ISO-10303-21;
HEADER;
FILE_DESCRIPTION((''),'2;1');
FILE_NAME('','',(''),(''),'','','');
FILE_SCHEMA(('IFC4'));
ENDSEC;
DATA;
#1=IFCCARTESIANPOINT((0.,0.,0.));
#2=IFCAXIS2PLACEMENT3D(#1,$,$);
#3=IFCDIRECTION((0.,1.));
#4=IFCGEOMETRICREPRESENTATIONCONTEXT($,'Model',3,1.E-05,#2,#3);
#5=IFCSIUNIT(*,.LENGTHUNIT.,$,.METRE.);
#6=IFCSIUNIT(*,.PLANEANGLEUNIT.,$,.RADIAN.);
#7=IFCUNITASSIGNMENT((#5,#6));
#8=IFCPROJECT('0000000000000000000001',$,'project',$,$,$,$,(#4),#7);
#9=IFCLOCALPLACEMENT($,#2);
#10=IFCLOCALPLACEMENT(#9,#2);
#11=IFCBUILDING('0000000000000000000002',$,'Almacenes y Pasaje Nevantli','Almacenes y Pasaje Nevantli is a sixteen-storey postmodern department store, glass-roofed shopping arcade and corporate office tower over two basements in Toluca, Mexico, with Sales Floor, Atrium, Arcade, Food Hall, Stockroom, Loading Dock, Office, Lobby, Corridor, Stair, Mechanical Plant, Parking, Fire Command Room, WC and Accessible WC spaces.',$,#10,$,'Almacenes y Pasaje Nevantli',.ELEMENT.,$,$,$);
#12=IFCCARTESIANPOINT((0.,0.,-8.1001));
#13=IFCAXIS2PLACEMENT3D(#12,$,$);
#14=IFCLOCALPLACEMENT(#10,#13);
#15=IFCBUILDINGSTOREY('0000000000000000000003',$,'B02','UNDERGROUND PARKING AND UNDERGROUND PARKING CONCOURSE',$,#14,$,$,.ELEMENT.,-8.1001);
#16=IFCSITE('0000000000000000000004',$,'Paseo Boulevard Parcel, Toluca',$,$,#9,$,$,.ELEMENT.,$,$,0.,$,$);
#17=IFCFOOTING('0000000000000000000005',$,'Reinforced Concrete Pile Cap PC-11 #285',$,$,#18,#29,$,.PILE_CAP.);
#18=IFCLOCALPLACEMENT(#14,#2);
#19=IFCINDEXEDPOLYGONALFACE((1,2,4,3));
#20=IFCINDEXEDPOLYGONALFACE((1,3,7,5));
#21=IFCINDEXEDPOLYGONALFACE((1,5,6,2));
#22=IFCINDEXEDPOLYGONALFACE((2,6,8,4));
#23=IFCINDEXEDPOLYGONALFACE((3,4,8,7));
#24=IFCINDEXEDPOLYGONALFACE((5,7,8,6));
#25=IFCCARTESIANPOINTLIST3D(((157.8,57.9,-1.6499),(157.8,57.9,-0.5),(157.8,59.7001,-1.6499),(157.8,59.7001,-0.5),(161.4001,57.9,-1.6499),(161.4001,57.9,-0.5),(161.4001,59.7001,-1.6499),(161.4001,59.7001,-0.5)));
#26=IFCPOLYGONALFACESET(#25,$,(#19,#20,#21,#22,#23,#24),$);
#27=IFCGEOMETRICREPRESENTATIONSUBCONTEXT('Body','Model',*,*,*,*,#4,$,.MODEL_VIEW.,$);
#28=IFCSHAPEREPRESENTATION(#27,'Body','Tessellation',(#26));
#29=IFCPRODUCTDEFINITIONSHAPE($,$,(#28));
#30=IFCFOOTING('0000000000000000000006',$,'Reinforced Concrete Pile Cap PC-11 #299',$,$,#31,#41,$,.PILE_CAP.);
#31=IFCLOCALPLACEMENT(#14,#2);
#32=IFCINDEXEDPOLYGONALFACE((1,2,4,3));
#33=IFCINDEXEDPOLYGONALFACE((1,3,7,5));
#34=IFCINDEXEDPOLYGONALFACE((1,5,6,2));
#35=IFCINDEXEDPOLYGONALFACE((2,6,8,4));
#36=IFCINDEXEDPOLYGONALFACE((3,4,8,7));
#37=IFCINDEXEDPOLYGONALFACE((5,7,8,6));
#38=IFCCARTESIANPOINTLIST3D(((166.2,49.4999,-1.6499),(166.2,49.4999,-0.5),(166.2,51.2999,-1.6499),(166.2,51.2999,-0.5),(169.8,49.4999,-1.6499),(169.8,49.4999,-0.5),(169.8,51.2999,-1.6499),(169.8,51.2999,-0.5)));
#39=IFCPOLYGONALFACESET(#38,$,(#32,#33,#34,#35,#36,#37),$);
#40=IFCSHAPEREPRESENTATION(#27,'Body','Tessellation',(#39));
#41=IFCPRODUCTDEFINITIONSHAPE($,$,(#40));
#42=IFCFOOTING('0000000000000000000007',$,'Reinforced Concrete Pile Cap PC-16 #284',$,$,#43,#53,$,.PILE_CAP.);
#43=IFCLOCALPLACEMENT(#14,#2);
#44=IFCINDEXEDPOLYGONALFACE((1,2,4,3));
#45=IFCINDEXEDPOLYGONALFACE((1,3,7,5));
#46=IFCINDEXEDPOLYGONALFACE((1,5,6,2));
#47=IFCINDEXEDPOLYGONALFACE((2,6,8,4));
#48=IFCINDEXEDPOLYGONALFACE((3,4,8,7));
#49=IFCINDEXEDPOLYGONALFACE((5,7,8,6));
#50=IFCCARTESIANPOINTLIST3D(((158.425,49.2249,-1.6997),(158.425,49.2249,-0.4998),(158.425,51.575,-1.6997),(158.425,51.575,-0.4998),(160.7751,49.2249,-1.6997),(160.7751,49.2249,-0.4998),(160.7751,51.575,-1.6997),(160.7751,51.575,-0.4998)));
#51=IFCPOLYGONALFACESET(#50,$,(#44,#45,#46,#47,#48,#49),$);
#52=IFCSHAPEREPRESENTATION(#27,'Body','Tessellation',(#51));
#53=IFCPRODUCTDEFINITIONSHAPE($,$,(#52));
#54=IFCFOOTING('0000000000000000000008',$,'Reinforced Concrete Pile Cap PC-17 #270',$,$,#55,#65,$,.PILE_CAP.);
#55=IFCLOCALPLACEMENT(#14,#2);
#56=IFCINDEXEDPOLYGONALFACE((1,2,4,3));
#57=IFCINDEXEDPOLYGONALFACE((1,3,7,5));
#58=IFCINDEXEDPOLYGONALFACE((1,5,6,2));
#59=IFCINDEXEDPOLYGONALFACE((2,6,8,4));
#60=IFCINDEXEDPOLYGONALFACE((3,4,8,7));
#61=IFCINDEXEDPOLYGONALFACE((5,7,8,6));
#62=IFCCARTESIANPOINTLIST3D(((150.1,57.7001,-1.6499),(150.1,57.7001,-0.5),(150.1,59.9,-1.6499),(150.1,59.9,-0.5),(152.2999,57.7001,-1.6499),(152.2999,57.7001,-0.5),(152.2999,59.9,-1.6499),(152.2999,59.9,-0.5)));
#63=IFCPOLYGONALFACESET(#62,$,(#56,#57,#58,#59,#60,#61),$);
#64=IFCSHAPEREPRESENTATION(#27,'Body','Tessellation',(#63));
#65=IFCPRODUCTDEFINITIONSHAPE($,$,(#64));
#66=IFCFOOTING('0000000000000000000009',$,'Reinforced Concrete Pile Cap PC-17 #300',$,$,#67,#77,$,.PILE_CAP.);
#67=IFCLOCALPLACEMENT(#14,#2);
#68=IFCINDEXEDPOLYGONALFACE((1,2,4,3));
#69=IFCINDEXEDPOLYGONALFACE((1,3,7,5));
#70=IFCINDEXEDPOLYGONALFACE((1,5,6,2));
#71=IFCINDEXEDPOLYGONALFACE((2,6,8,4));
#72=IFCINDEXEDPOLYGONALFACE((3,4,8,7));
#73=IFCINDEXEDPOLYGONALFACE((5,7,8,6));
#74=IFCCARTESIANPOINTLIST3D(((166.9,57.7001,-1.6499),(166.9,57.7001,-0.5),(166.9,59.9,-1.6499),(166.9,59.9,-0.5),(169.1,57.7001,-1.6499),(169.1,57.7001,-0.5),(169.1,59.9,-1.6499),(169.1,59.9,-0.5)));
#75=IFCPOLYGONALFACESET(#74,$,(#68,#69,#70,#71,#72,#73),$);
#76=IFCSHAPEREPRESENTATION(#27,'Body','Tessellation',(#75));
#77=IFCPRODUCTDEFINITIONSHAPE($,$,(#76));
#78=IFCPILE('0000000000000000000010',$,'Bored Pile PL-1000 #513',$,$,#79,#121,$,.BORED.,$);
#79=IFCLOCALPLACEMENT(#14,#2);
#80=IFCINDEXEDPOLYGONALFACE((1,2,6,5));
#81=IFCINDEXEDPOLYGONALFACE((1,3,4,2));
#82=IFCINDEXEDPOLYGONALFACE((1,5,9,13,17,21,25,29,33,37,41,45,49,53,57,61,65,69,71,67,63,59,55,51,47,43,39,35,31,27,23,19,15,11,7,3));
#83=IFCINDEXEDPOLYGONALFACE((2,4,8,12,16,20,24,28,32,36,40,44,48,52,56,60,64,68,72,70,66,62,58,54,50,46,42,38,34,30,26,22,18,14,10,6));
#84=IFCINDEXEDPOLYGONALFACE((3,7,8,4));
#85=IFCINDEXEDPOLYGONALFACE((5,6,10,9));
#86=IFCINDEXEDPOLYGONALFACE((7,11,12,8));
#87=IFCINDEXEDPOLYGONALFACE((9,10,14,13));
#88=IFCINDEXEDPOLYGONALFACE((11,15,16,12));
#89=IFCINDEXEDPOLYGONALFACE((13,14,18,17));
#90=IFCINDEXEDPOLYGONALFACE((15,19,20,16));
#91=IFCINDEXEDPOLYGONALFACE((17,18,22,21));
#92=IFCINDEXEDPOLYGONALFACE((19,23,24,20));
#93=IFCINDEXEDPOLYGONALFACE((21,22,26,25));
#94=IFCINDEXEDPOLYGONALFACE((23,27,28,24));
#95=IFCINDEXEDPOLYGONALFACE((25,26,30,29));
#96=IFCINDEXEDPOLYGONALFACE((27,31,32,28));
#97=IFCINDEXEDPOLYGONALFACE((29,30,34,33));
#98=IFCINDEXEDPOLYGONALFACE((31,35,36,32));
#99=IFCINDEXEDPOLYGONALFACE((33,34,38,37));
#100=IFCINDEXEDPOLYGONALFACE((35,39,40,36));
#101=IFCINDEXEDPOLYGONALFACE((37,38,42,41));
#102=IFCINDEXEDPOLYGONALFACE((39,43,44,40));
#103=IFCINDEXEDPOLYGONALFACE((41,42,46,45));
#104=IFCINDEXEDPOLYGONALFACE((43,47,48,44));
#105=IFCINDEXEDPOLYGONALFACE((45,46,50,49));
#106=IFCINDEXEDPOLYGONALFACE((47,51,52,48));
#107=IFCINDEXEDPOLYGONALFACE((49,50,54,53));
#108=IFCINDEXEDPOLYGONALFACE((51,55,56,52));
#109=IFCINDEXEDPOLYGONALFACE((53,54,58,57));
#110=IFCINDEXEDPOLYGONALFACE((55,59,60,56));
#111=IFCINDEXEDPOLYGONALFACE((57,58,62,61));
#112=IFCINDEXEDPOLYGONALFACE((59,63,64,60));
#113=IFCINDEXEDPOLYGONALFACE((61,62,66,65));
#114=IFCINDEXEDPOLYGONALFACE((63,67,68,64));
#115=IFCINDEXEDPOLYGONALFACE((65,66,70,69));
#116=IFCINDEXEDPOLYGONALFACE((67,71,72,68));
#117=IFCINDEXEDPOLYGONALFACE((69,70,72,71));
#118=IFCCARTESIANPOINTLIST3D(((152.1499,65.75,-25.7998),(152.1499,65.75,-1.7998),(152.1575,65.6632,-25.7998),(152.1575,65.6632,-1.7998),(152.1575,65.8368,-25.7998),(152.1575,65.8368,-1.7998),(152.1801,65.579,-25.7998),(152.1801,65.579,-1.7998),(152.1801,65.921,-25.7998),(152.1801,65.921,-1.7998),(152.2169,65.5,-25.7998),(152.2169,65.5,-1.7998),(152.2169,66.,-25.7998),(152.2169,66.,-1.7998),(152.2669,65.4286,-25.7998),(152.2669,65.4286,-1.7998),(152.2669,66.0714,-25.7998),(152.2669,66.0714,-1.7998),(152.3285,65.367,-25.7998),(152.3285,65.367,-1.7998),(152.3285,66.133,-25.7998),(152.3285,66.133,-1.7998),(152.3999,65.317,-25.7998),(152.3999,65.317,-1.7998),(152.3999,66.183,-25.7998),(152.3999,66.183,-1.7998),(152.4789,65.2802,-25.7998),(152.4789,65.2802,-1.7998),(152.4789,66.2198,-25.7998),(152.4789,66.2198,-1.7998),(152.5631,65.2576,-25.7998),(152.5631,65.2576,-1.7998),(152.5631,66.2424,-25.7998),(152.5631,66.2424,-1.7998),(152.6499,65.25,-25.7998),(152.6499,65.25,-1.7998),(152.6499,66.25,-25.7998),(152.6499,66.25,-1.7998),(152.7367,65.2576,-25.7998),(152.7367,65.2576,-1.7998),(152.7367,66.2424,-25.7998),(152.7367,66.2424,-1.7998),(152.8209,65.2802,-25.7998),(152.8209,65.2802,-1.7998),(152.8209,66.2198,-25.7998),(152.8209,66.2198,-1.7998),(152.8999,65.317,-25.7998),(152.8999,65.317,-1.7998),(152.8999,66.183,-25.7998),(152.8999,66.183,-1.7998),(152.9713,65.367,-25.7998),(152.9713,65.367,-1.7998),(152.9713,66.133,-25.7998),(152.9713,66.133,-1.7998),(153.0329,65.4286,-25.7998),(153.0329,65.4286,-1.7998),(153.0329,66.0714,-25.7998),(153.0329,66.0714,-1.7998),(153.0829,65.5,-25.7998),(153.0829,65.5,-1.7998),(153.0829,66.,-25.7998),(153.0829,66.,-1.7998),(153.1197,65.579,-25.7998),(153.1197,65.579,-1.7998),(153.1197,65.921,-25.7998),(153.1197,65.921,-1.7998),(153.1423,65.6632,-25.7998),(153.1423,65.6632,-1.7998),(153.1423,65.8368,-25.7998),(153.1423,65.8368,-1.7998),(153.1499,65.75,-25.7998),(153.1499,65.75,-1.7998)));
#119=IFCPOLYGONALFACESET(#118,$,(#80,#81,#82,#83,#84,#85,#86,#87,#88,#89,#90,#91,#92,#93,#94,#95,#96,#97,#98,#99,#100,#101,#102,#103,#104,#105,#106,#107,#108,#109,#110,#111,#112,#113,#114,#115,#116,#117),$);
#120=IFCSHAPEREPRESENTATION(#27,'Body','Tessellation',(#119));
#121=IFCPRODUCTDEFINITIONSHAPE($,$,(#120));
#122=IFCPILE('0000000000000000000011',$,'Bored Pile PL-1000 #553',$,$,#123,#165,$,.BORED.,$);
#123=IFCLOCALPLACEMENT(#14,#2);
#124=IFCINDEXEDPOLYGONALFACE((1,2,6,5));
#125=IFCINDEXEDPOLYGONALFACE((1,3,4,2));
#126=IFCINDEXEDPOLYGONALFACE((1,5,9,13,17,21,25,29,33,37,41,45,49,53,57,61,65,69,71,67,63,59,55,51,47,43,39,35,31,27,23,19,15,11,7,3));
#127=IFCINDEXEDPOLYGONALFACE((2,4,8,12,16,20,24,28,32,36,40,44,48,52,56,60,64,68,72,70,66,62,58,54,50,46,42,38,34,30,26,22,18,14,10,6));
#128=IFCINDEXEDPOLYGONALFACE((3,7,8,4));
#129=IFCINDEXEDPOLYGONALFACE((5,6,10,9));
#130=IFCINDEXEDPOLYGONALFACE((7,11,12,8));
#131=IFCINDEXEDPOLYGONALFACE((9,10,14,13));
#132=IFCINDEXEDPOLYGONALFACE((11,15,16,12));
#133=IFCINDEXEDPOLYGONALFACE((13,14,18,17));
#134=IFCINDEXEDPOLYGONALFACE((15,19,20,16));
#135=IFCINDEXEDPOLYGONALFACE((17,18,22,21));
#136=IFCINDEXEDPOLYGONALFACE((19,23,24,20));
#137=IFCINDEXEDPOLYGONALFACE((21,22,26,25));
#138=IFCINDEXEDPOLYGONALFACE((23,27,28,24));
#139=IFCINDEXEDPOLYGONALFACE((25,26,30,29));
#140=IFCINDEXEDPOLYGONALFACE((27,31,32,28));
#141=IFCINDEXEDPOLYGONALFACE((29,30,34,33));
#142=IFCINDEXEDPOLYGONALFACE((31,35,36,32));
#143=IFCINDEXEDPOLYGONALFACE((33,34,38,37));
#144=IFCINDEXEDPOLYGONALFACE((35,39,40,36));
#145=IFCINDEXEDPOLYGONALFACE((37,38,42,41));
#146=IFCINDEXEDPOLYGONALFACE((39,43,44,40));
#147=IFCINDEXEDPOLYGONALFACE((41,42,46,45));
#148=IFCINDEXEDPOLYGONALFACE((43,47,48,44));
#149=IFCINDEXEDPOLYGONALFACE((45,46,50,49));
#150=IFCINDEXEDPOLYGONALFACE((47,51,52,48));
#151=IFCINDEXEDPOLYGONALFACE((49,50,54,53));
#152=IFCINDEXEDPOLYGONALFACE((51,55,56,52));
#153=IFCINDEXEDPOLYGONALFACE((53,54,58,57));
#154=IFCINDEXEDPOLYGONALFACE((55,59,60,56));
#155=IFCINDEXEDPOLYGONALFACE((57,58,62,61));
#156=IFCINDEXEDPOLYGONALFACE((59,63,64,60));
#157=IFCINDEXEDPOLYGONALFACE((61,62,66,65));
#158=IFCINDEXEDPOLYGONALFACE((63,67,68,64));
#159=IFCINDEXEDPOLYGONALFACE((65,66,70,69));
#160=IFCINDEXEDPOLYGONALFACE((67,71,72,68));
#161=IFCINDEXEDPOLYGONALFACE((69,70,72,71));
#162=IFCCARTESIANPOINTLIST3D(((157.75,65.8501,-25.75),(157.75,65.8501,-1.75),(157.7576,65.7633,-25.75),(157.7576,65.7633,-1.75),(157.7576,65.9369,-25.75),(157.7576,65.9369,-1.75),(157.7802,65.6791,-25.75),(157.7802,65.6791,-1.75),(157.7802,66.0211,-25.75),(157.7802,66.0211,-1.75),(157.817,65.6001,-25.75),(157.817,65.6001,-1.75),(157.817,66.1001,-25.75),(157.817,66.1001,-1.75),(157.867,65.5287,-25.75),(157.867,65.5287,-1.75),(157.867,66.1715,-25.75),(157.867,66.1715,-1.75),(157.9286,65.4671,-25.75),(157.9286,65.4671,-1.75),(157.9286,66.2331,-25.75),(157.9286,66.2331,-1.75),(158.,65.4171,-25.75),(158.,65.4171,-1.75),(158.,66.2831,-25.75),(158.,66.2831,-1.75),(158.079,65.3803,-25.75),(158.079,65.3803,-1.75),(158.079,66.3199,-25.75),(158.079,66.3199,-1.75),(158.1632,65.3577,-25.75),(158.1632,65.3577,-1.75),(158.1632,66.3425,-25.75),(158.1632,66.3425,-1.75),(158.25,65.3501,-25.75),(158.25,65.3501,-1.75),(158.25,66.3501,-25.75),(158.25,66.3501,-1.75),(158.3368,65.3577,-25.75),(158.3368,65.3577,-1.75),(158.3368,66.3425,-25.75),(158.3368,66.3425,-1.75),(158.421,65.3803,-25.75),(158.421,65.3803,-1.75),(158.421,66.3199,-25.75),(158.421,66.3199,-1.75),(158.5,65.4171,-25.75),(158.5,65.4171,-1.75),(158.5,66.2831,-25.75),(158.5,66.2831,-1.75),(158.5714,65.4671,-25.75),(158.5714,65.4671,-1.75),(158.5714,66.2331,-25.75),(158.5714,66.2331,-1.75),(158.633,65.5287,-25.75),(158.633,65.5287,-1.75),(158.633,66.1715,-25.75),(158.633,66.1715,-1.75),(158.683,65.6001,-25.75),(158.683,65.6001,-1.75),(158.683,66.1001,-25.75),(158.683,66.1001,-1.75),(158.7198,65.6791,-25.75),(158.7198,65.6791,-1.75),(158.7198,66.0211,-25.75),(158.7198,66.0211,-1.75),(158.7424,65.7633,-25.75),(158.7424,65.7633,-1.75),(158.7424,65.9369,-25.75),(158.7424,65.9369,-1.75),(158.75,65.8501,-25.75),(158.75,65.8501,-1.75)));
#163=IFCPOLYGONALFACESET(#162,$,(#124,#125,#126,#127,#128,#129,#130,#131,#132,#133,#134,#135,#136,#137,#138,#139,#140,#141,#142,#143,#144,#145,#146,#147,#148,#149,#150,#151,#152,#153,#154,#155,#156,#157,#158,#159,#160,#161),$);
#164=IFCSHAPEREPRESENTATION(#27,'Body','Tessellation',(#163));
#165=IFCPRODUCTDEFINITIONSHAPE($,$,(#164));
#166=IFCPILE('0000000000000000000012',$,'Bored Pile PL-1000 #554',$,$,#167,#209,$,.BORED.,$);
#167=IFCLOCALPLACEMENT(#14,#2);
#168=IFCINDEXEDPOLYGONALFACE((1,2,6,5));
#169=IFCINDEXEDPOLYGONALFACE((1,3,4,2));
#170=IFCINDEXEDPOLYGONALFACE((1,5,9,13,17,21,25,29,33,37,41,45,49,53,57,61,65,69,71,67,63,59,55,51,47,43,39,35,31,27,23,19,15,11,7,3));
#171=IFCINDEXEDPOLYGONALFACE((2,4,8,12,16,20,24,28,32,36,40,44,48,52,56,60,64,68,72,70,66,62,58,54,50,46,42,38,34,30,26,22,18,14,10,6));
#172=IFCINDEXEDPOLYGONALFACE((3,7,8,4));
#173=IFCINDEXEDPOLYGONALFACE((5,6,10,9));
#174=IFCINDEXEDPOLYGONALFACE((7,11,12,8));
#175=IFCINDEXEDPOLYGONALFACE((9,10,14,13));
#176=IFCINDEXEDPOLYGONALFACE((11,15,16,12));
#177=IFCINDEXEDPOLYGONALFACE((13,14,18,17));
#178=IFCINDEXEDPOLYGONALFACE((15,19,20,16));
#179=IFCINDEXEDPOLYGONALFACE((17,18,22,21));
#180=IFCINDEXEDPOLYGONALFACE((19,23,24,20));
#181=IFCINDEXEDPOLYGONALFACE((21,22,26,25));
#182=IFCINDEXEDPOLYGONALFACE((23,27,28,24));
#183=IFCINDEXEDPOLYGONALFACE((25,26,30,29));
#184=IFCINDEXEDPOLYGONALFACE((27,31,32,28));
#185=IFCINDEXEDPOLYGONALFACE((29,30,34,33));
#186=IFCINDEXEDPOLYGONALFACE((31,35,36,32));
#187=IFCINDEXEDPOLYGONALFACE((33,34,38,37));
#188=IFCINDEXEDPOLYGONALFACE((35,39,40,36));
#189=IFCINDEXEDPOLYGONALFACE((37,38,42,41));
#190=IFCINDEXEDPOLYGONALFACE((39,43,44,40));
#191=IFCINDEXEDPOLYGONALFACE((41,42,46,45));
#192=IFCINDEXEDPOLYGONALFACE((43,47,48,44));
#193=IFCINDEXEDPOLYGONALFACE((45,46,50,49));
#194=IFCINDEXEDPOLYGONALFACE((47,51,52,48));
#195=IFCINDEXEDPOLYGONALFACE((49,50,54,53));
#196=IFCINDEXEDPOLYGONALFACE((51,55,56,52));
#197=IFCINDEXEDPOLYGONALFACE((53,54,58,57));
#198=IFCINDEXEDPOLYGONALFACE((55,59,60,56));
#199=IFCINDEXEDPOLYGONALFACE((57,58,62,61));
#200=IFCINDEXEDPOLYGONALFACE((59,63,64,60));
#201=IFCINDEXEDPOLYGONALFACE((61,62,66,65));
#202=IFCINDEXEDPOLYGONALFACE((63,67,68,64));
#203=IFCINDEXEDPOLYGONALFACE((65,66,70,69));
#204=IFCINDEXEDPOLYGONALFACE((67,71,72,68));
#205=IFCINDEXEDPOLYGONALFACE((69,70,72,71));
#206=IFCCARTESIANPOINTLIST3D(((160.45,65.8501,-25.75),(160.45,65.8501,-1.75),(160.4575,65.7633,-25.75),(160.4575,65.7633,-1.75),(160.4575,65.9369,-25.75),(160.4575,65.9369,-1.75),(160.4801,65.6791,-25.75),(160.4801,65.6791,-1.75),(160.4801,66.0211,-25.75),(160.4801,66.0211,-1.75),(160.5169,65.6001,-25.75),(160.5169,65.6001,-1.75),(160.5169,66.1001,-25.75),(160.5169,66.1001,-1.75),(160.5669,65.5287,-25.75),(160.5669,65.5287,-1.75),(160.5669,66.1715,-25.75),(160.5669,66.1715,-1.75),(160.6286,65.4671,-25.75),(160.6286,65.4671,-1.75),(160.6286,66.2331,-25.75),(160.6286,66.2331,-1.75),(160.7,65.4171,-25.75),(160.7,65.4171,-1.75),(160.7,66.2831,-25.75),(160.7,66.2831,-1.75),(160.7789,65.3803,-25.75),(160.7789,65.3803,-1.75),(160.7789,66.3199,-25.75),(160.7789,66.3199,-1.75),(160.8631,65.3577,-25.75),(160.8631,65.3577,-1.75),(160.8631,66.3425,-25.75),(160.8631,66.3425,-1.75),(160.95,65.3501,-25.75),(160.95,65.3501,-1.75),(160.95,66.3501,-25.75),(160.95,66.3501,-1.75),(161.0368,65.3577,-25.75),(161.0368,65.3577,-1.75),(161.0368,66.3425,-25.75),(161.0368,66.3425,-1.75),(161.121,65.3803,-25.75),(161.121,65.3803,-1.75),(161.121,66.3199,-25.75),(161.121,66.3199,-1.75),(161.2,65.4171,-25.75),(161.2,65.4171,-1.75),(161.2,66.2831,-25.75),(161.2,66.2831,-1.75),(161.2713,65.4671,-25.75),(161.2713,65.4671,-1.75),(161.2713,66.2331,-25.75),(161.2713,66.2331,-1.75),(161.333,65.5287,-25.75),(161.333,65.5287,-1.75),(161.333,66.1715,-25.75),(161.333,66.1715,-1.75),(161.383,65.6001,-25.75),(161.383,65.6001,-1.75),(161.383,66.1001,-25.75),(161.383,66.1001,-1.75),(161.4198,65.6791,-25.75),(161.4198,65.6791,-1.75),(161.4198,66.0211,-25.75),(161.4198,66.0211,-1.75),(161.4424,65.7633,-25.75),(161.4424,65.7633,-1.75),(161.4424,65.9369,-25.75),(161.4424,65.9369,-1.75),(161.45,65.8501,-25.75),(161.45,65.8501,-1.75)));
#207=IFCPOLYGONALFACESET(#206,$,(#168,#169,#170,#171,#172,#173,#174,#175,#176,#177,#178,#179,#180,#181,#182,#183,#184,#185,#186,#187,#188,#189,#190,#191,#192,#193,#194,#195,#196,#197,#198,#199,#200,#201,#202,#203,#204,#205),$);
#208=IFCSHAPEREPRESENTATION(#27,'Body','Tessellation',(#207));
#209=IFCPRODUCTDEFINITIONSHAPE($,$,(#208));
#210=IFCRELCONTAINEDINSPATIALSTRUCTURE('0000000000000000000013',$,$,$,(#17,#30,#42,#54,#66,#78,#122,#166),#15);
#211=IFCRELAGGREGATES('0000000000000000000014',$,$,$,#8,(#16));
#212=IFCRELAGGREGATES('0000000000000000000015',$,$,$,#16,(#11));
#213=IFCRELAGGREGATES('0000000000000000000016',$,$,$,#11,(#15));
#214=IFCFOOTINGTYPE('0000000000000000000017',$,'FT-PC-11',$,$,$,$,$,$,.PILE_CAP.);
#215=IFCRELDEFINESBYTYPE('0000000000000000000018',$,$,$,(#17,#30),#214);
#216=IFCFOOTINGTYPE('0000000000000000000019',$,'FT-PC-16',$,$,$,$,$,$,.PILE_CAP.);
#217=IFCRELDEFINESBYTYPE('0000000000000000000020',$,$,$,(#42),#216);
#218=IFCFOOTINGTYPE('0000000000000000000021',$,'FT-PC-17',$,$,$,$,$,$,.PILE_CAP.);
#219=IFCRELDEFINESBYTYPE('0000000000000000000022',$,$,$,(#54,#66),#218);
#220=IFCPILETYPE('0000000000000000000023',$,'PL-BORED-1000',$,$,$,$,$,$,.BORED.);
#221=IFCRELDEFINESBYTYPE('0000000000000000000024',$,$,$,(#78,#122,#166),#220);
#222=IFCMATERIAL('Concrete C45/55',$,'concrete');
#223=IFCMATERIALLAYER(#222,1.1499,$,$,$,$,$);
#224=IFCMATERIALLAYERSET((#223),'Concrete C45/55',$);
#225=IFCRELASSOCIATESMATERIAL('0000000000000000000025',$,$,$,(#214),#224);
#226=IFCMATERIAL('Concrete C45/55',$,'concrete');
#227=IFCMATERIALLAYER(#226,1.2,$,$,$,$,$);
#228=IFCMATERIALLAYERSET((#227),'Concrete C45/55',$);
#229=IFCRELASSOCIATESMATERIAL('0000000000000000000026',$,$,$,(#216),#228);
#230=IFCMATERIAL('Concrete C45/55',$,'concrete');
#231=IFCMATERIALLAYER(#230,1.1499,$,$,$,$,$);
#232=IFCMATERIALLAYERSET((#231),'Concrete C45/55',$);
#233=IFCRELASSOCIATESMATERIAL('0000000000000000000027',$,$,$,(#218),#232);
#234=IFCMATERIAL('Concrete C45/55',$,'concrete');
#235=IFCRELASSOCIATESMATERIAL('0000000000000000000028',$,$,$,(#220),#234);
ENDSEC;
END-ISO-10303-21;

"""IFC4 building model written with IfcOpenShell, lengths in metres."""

from ifc_helpers import new_model, si_unit, direction, frame, origin, origin_2d, place, context, subcontext, project, spatial, rectangle, circle, extrude, material, layer, layer_set, material_profile, profile_set, type_object, element, save


model = new_model("IFC4")

# Units and contexts
model_context = context("Model", 3, precision=1e-05, world=origin(), true_north=direction((0.0, 1.0)))
body_context = subcontext(model_context, "Body", "Model", "MODEL_VIEW")
ifc_project = project(units=[si_unit("LENGTHUNIT", "METRE"), si_unit("PLANEANGLEUNIT", "RADIAN")], contexts=[model_context])

# Site, building, storey
site_placement = place(None, origin())
site = spatial("IfcSite", under=ifc_project, at=site_placement, Name="Paseo Boulevard Parcel, Toluca", CompositionType="ELEMENT", RefElevation=0.0)
building_placement = place(site_placement, origin())
building = spatial("IfcBuilding", under=site, at=building_placement, Name="Almacenes y Pasaje Nevantli", Description="Almacenes y Pasaje Nevantli is a sixteen-storey postmodern department store, glass-roofed shopping arcade and corporate office tower over two basements in Toluca, Mexico, with Sales Floor, Atrium, Arcade, Food Hall, Stockroom, Loading Dock, Office, Lobby, Corridor, Stair, Mechanical Plant, Parking, Fire Command Room, WC and Accessible WC spaces.", LongName="Almacenes y Pasaje Nevantli", CompositionType="ELEMENT")
storey_placement = place(building_placement, frame((0.0, 0.0, -8.1001)))
storey = spatial("IfcBuildingStorey", under=building, at=storey_placement, Name="B02", Description="UNDERGROUND PARKING AND UNDERGROUND PARKING CONCOURSE", CompositionType="ELEMENT", Elevation=-8.1001)

# Footings
ifc_material_1 = material(Name="Concrete C45/55", Category="concrete")
ifc_layer_1 = layer(ifc_material_1, 1.1499)
ifc_layer_set_1 = layer_set([ifc_layer_1], Name="Concrete C45/55")
footing_type_1 = type_object("IfcFootingType", Name="FT-PC-11", PredefinedType="PILE_CAP", material=ifc_layer_set_1)
for number, where, z_axis, x_axis, name in (
    (1, (159.6001, 58.8, -1.6499), (0.0, 0.0, 1.0), (1.0, 0.0, 0.0), "Reinforced Concrete Pile Cap PC-11 #285"),
    (2, (168.0, 50.3999, -1.6499), (0.0, 0.0, 1.0), (1.0, 0.0, 0.0), "Reinforced Concrete Pile Cap PC-11 #299"),
):
    element("IfcFooting", number, at=place(storey_placement, frame(where, z_axis=z_axis, x_axis=x_axis)), inside=storey, type_object=footing_type_1, Name=name, PredefinedType="PILE_CAP", context=body_context, shape_type="SweptSolid", body=[
        extrude(rectangle(XDim=3.6001, YDim=1.8, at=origin_2d()), origin(), (0.0, 0.0, 1.0), 1.1499),
    ])
ifc_material_2 = material(Name="Concrete C45/55", Category="concrete")
ifc_layer_2 = layer(ifc_material_2, 1.2)
ifc_layer_set_2 = layer_set([ifc_layer_2], Name="Concrete C45/55")
footing_type_2 = type_object("IfcFootingType", Name="FT-PC-16", PredefinedType="PILE_CAP", material=ifc_layer_set_2)
footing_placement = place(storey_placement, frame((159.6001, 50.3999, -1.6997), z_axis=(0.0, 0.0, 1.0), x_axis=(1.0, 0.0, 0.0)))
element("IfcFooting", 3, at=footing_placement, inside=storey, type_object=footing_type_2, Name="Reinforced Concrete Pile Cap PC-16 #284", PredefinedType="PILE_CAP", context=body_context, shape_type="SweptSolid", body=[
    extrude(rectangle(XDim=2.3501, YDim=2.3501, at=origin_2d()), origin(), (0.0, 0.0, 1.0), 1.2),
])
ifc_material_3 = material(Name="Concrete C45/55", Category="concrete")
ifc_layer_3 = layer(ifc_material_3, 1.1499)
ifc_layer_set_3 = layer_set([ifc_layer_3], Name="Concrete C45/55")
footing_type_3 = type_object("IfcFootingType", Name="FT-PC-17", PredefinedType="PILE_CAP", material=ifc_layer_set_3)
for number, where, z_axis, x_axis, name in (
    (4, (151.2, 58.8, -1.6499), (0.0, 0.0, 1.0), (1.0, 0.0, 0.0), "Reinforced Concrete Pile Cap PC-17 #270"),
    (5, (168.0, 58.8, -1.6499), (0.0, 0.0, 1.0), (1.0, 0.0, 0.0), "Reinforced Concrete Pile Cap PC-17 #300"),
):
    element("IfcFooting", number, at=place(storey_placement, frame(where, z_axis=z_axis, x_axis=x_axis)), inside=storey, type_object=footing_type_3, Name=name, PredefinedType="PILE_CAP", context=body_context, shape_type="SweptSolid", body=[
        extrude(rectangle(XDim=2.2, YDim=2.2, at=origin_2d()), origin(), (0.0, 0.0, 1.0), 1.1499),
    ])

# Piles
ifc_material_4 = material(Name="Concrete C45/55", Category="concrete")
ifc_material_profile_1 = material_profile(ifc_material_4, circle(Radius=0.5, at=origin_2d()), Name="RC-PILE-D1000")
ifc_profile_set_1 = profile_set([ifc_material_profile_1], Name="Concrete C45/55")
pile_type_1 = type_object("IfcPileType", Name="PL-BORED-1000", PredefinedType="BORED", material=ifc_profile_set_1)
for number, where, z_axis, x_axis, name in (
    (6, (152.6499, 65.75, -1.7998), (0.0, 0.0, -1.0), (1.0, 0.0, 0.0), "Bored Pile PL-1000 #513"),
    (7, (158.25, 65.8501, -1.75), (0.0, 0.0, -1.0), (1.0, 0.0, 0.0), "Bored Pile PL-1000 #553"),
    (8, (160.95, 65.8501, -1.75), (0.0, 0.0, -1.0), (1.0, 0.0, 0.0), "Bored Pile PL-1000 #554"),
):
    element("IfcPile", number, at=place(storey_placement, frame(where, z_axis=z_axis, x_axis=x_axis)), inside=storey, type_object=pile_type_1, Name=name, PredefinedType="BORED", context=body_context, shape_type="SweptSolid", body=[
        extrude(circle(Radius=0.5, at=origin_2d()), origin(), (0.0, 0.0, 1.0), 24.0),
    ])

save(model, "model.ifc")
